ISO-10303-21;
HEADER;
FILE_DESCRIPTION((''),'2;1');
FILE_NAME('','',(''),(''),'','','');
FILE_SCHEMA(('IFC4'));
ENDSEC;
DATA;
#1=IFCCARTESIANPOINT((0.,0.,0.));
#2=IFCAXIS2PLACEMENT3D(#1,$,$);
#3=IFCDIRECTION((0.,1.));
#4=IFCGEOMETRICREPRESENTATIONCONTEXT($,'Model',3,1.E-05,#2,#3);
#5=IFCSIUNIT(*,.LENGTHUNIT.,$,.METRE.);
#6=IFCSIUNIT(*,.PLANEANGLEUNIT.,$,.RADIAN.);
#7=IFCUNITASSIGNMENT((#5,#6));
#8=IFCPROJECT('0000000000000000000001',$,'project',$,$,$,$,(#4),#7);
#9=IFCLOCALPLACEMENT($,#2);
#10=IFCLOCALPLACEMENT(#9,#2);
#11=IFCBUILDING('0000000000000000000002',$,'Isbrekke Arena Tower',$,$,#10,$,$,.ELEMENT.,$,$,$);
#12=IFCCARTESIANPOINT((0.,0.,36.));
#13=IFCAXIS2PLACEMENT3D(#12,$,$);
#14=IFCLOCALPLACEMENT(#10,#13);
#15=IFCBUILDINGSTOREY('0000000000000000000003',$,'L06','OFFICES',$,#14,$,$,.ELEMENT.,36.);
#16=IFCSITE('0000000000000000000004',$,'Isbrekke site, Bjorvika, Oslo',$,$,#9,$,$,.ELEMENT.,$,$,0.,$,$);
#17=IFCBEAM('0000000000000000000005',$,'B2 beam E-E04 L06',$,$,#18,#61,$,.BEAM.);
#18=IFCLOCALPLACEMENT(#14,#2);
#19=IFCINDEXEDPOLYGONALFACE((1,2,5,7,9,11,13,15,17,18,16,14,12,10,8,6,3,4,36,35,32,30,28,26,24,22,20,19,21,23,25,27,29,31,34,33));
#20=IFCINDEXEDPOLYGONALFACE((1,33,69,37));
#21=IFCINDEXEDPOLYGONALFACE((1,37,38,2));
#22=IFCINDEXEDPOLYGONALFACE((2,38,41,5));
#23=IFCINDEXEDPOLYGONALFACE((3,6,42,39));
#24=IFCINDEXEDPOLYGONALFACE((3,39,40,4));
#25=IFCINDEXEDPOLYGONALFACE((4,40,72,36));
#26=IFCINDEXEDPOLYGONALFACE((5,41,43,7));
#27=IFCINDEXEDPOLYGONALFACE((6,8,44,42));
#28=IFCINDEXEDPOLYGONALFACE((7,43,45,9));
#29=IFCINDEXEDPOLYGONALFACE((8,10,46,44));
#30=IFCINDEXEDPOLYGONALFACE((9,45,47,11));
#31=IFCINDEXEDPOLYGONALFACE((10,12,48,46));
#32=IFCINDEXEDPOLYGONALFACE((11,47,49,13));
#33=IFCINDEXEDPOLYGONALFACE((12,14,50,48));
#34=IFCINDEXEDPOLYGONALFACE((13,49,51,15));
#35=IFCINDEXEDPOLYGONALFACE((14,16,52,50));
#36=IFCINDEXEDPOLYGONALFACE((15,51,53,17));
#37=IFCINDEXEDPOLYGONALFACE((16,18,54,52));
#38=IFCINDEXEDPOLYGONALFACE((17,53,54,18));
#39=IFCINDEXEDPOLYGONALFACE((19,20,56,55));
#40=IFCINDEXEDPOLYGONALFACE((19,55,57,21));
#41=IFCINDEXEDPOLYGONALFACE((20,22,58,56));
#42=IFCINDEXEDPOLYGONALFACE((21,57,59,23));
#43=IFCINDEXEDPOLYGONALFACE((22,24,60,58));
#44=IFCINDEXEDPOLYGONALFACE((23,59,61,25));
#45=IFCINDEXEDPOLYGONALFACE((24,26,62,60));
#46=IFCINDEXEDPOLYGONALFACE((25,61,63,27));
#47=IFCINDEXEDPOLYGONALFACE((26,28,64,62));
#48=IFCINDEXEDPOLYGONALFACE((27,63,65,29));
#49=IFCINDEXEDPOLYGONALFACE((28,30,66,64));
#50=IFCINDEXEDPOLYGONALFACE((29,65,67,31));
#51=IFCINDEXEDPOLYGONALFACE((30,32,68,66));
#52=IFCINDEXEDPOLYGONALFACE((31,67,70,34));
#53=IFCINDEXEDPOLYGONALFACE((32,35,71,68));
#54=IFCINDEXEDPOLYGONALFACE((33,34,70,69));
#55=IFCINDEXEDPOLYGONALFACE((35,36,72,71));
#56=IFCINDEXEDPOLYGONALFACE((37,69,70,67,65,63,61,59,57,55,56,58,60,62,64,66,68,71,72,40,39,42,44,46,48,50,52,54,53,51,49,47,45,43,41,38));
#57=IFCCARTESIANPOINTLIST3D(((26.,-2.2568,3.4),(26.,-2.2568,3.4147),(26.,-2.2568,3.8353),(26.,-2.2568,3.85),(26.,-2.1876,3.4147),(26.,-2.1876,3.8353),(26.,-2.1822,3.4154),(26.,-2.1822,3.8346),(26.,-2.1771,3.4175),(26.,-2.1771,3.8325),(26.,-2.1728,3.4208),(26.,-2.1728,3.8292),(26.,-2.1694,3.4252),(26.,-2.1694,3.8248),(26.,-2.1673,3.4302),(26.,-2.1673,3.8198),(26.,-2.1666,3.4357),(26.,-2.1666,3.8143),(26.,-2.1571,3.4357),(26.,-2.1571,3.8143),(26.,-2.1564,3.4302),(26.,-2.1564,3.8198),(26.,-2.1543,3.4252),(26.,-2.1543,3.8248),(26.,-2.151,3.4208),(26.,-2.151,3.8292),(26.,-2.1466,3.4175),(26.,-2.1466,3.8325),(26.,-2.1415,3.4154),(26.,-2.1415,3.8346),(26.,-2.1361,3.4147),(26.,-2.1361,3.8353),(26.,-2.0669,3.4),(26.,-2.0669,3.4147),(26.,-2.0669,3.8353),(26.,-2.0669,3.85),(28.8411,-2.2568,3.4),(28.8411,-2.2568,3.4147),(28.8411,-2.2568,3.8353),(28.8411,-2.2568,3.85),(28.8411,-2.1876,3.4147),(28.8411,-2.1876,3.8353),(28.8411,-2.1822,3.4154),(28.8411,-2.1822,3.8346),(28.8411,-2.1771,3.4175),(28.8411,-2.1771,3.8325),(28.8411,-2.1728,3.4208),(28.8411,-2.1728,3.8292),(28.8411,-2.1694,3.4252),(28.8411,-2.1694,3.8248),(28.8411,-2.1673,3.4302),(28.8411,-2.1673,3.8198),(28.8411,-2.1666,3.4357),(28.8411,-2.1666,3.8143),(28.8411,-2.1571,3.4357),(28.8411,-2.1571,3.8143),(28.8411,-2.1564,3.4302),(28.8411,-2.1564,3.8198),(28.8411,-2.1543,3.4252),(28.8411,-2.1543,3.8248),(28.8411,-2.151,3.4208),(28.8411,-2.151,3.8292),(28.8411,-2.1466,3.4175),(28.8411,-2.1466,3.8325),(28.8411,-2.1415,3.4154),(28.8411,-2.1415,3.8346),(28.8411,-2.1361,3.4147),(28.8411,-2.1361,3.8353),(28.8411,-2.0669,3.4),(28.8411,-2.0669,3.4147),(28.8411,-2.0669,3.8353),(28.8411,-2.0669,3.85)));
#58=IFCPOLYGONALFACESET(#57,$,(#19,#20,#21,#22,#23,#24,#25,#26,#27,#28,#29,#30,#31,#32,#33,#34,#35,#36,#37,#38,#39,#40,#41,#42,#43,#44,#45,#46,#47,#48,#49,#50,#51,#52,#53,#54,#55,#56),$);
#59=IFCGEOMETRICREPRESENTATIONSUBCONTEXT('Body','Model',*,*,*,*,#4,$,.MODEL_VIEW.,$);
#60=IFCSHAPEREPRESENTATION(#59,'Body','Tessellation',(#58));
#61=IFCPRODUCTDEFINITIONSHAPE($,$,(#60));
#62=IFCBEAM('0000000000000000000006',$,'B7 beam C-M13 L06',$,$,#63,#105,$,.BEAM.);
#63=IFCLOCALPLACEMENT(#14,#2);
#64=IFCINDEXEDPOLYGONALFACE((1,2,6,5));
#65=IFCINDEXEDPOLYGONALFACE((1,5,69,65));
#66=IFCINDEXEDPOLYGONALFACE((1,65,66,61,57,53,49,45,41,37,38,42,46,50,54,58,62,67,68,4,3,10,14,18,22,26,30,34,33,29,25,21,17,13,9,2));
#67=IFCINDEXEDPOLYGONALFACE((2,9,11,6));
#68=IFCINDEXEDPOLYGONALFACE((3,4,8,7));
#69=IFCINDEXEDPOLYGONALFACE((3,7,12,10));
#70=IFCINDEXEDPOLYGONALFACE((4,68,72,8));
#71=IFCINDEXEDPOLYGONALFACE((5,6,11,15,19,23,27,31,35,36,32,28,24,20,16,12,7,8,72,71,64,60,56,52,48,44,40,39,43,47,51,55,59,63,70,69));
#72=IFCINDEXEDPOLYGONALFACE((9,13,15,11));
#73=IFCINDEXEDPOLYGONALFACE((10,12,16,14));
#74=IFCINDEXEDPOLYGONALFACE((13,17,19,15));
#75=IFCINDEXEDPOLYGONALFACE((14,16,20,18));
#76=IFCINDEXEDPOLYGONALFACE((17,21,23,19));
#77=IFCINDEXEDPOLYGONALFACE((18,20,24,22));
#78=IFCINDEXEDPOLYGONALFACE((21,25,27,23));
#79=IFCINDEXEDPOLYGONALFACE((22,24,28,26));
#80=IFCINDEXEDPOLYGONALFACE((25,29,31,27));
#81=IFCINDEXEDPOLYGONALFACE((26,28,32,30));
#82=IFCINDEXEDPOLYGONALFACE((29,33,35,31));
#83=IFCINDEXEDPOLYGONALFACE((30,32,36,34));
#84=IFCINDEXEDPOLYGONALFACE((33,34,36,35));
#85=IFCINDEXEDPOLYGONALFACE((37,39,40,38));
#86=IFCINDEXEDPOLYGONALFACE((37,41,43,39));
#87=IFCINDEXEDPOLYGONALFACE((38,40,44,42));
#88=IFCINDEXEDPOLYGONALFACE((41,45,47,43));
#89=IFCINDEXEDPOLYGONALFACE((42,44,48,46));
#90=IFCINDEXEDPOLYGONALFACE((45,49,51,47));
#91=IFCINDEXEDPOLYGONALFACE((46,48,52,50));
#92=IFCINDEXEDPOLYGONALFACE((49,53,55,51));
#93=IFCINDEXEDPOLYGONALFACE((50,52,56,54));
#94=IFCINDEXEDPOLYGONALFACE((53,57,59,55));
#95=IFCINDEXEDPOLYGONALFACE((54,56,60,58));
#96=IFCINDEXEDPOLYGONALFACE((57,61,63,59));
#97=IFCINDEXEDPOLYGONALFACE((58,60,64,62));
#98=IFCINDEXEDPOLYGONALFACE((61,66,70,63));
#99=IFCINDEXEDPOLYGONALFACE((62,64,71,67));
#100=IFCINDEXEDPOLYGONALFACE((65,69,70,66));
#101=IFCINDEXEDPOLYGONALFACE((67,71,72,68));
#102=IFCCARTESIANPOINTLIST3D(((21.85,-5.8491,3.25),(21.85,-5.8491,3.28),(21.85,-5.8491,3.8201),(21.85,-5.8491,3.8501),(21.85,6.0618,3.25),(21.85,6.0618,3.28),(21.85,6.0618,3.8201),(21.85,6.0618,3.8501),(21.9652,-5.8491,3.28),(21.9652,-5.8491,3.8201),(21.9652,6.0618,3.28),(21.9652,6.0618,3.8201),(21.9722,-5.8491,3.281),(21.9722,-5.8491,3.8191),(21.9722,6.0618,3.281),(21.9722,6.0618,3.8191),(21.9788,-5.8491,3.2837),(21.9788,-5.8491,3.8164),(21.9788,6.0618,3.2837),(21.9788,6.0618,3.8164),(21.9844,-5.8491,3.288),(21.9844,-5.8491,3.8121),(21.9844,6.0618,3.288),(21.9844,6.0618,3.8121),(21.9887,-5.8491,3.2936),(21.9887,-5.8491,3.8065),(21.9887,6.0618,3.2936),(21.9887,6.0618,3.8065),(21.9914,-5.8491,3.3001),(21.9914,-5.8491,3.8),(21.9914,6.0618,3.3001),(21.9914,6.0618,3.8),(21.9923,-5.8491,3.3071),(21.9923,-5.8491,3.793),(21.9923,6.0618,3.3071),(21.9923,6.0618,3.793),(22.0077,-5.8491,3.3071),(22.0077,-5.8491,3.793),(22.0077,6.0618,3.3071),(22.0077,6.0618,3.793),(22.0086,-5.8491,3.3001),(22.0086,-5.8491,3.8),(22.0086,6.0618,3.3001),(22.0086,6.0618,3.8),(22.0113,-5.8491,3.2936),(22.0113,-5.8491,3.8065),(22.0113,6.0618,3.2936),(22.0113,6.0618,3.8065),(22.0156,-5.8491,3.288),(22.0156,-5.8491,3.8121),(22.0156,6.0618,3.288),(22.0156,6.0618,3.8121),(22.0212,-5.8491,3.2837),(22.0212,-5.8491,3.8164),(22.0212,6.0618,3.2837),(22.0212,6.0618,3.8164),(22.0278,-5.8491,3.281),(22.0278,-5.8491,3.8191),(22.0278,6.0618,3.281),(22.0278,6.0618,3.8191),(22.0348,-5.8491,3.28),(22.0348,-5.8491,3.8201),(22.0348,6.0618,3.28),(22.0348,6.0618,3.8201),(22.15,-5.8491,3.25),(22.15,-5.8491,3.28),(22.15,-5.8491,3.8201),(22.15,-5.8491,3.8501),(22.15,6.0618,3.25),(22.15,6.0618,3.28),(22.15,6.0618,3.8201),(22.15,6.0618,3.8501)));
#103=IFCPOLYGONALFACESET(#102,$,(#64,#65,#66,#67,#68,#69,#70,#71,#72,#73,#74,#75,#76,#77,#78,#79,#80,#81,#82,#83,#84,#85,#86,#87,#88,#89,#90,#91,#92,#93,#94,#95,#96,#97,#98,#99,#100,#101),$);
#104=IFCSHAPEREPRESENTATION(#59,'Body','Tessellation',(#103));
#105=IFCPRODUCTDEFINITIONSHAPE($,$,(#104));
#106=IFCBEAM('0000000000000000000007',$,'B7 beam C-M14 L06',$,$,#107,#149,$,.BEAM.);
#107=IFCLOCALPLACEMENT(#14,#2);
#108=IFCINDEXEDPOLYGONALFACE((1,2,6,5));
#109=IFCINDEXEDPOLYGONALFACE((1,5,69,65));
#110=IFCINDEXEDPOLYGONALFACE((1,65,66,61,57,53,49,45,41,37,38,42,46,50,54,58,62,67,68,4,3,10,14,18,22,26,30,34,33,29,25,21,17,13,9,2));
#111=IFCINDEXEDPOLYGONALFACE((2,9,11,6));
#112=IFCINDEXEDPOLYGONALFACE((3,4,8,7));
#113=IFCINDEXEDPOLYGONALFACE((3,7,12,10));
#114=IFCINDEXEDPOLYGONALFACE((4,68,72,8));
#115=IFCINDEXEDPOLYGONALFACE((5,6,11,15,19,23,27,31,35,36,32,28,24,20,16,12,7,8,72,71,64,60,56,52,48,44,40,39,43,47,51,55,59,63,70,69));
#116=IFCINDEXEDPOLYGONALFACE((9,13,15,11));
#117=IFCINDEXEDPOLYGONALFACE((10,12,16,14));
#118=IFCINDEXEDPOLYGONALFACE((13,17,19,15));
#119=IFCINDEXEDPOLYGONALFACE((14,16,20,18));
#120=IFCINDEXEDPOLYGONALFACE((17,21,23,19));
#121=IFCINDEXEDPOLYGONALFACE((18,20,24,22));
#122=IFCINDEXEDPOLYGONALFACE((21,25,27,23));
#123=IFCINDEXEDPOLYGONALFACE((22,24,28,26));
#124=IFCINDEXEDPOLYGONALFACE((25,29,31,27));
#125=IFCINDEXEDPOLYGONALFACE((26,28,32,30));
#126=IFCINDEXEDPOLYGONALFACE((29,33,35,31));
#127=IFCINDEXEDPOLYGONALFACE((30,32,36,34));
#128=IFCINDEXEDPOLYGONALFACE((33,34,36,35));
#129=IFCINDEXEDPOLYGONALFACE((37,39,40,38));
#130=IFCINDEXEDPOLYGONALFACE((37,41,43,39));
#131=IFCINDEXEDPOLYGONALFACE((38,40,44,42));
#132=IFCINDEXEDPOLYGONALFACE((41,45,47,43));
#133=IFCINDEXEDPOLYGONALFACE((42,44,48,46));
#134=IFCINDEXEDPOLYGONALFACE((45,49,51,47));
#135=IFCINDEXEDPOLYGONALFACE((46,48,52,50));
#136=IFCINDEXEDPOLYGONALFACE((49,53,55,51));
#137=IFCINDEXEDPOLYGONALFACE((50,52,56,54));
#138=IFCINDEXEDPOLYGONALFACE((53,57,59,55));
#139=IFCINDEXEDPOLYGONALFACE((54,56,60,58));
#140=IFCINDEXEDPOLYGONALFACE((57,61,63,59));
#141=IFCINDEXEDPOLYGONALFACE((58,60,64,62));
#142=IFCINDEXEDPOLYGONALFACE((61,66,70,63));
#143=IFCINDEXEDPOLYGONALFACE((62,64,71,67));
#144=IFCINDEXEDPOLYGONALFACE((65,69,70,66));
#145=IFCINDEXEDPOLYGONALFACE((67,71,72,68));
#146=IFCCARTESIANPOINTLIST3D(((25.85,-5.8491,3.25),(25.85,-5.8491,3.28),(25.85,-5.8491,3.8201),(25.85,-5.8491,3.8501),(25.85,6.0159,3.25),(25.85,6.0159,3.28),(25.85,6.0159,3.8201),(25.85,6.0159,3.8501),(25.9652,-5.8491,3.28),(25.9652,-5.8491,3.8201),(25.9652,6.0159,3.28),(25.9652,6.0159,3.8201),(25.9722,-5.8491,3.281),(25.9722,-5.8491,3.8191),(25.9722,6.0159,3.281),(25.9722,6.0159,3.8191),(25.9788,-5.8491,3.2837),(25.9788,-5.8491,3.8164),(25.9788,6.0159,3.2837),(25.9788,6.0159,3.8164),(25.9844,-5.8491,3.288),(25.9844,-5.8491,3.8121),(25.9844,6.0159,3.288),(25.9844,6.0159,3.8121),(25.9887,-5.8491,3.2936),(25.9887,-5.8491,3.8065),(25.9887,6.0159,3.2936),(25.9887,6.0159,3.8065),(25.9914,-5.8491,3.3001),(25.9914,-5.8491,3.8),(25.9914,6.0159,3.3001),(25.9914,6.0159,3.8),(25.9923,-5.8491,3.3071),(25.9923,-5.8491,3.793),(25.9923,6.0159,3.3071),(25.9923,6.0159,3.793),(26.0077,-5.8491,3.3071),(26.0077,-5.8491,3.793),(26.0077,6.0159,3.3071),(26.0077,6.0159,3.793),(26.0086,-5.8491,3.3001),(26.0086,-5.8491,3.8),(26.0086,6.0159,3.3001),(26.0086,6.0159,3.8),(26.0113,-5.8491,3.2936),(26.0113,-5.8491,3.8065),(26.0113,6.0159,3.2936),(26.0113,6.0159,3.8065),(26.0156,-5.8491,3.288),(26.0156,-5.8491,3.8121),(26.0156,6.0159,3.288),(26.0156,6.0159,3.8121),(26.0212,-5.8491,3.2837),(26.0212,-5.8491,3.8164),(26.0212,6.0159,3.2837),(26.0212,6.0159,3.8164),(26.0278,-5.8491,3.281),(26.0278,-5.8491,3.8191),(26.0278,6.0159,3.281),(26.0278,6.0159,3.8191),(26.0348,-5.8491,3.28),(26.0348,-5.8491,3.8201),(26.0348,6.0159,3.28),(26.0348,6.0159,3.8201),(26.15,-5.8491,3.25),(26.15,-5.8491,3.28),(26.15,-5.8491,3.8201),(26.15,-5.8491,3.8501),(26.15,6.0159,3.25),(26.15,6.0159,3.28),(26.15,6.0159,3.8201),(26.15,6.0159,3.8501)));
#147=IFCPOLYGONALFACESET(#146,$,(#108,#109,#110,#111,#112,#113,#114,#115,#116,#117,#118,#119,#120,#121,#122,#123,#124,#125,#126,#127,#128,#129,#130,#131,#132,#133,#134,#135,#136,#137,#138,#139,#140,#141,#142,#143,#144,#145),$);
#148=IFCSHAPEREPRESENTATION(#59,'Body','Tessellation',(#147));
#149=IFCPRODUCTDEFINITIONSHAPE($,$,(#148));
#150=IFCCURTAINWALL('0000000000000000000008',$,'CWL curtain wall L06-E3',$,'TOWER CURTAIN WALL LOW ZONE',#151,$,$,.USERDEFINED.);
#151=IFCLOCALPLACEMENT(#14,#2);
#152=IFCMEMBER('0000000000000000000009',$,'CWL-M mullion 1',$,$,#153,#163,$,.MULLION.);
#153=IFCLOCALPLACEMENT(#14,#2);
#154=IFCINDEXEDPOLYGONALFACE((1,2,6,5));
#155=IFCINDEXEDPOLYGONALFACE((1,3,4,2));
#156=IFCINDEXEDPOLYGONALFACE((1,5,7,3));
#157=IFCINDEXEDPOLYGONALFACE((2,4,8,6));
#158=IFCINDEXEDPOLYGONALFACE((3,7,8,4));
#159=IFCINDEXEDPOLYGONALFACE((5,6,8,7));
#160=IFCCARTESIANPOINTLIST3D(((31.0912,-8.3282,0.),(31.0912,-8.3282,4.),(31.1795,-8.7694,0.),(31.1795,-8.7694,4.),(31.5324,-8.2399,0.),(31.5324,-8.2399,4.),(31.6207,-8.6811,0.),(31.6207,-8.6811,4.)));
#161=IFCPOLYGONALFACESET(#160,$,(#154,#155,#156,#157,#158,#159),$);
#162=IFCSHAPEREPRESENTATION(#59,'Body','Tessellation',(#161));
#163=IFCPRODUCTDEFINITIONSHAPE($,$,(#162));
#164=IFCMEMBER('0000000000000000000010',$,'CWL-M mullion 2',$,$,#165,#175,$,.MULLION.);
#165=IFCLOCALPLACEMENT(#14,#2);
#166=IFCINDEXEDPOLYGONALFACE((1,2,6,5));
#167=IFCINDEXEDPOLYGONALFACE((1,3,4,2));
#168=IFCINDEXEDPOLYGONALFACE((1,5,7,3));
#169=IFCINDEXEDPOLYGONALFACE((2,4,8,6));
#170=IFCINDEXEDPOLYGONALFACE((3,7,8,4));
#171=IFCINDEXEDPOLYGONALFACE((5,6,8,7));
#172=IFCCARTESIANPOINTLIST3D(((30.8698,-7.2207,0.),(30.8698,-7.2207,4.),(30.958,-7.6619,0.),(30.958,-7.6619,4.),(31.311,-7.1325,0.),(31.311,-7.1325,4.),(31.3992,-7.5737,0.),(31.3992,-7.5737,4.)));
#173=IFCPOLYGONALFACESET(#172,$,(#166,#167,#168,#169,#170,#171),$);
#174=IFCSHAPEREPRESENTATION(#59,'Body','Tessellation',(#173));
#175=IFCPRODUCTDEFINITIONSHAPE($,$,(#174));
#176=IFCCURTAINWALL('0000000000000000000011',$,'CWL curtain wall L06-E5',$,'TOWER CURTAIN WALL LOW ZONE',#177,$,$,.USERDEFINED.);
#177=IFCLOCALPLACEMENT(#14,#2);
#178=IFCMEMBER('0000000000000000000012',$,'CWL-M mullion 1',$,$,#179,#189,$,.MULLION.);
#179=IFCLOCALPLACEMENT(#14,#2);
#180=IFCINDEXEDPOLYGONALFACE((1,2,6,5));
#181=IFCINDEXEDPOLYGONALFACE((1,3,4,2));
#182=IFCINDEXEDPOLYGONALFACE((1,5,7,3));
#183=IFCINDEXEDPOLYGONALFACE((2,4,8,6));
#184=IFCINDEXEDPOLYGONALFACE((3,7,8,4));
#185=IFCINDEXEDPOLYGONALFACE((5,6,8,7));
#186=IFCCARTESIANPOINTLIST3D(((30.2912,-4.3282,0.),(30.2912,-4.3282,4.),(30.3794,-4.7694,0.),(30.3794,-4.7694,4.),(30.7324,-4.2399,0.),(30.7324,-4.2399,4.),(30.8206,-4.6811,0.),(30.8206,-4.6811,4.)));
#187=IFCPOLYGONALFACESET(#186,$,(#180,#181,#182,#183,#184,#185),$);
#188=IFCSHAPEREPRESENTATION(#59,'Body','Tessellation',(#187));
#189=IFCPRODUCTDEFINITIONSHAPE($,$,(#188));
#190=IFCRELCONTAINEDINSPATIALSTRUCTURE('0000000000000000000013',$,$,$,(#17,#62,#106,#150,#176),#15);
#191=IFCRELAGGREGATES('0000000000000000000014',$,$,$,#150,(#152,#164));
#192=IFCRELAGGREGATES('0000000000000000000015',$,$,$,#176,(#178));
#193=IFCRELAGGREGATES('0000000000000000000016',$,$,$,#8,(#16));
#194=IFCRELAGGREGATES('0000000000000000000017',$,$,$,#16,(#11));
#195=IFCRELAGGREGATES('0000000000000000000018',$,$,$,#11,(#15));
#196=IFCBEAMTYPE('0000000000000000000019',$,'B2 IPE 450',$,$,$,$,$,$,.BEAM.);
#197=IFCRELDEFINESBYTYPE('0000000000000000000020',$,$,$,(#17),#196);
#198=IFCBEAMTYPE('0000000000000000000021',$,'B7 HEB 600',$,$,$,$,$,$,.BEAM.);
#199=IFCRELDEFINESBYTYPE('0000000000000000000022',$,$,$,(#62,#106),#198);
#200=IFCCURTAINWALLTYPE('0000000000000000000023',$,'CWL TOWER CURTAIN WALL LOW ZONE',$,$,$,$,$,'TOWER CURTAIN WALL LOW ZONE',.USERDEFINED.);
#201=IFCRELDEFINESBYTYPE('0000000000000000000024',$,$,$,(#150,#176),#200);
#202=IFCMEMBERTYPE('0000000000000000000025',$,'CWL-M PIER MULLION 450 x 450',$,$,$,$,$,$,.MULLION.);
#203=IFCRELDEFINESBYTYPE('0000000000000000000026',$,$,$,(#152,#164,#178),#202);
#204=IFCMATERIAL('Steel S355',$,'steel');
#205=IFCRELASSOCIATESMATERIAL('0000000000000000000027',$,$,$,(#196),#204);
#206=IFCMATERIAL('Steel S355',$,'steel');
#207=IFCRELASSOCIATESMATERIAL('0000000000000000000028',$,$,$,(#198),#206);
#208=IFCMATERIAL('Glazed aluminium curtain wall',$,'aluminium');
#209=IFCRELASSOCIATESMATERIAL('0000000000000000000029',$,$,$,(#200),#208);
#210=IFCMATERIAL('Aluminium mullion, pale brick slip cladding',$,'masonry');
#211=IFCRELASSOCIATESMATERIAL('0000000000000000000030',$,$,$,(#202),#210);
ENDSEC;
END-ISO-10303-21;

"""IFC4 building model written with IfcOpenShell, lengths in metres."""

from ifc_helpers import new_model, si_unit, direction, frame, origin, origin_2d, place, context, subcontext, project, spatial, rectangle, i_section, extrude, material, material_profile, profile_set, type_object, element, aggregate, save


model = new_model("IFC4")

# Units and contexts
model_context = context("Model", 3, precision=1e-05, world=origin(), true_north=direction((0.0, 1.0)))
body_context = subcontext(model_context, "Body", "Model", "MODEL_VIEW")
ifc_project = project(units=[si_unit("LENGTHUNIT", "METRE"), si_unit("PLANEANGLEUNIT", "RADIAN")], contexts=[model_context])

# Site, building, storey
site_placement = place(None, origin())
site = spatial("IfcSite", under=ifc_project, at=site_placement, Name="Isbrekke site, Bjorvika, Oslo", CompositionType="ELEMENT", RefElevation=0.0)
building_placement = place(site_placement, origin())
building = spatial("IfcBuilding", under=site, at=building_placement, Name="Isbrekke Arena Tower", CompositionType="ELEMENT")
storey_placement = place(building_placement, frame((0.0, 0.0, 36.0)))
storey = spatial("IfcBuildingStorey", under=building, at=storey_placement, Name="L06", Description="OFFICES", CompositionType="ELEMENT", Elevation=36.0)

# Beams
ifc_material_1 = material(Name="Steel S355", Category="steel")
ifc_material_profile_1 = material_profile(ifc_material_1, i_section(OverallWidth=0.1899, OverallDepth=0.45, WebThickness=0.0095, FlangeThickness=0.0146, FilletRadius=0.021, at=origin_2d()), Name="IPE 450")
ifc_profile_set_1 = profile_set([ifc_material_profile_1], Name="Steel S355")
beam_type_1 = type_object("IfcBeamType", Name="B2 IPE 450", PredefinedType="BEAM", material=ifc_profile_set_1)
beam_1_placement = place(storey_placement, frame((28.8411, -2.1619, 3.625), z_axis=(-1.0, 0.0, 0.0), x_axis=(0.0, -1.0, 0.0)))
element("IfcBeam", 1, at=beam_1_placement, inside=storey, type_object=beam_type_1, Name="B2 beam E-E04 L06", PredefinedType="BEAM", context=body_context, shape_type="SweptSolid", body=[
    extrude(i_section(OverallWidth=0.1899, OverallDepth=0.45, WebThickness=0.0095, FlangeThickness=0.0146, FilletRadius=0.021, at=origin_2d()), origin(), (0.0, 0.0, 1.0), 2.8411),
])
ifc_material_2 = material(Name="Steel S355", Category="steel")
ifc_material_profile_2 = material_profile(ifc_material_2, i_section(OverallWidth=0.3, OverallDepth=0.6001, WebThickness=0.0154, FlangeThickness=0.03, FilletRadius=0.0271, at=origin_2d()), Name="HEB 600")
ifc_profile_set_2 = profile_set([ifc_material_profile_2], Name="Steel S355")
beam_type_2 = type_object("IfcBeamType", Name="B7 HEB 600", PredefinedType="BEAM", material=ifc_profile_set_2)
beam_2_placement = place(storey_placement, frame((22.0, -5.8491, 3.55), z_axis=(0.0, 1.0, 0.0), x_axis=(-1.0, 0.0, 0.0)))
element("IfcBeam", 2, at=beam_2_placement, inside=storey, type_object=beam_type_2, Name="B7 beam C-M13 L06", PredefinedType="BEAM", context=body_context, shape_type="SweptSolid", body=[
    extrude(i_section(OverallWidth=0.3, OverallDepth=0.6001, WebThickness=0.0154, FlangeThickness=0.03, FilletRadius=0.0271, at=origin_2d()), origin(), (0.0, 0.0, 1.0), 11.9109),
])
beam_3_placement = place(storey_placement, frame((26.0, -5.8491, 3.55), z_axis=(0.0, 1.0, 0.0), x_axis=(-1.0, 0.0, 0.0)))
element("IfcBeam", 3, at=beam_3_placement, inside=storey, type_object=beam_type_2, Name="B7 beam C-M14 L06", PredefinedType="BEAM", context=body_context, shape_type="SweptSolid", body=[
    extrude(i_section(OverallWidth=0.3, OverallDepth=0.6001, WebThickness=0.0154, FlangeThickness=0.03, FilletRadius=0.0271, at=origin_2d()), origin(), (0.0, 0.0, 1.0), 11.865),
])

# Curtain walls, members
ifc_material_3 = material(Name="Glazed aluminium curtain wall", Category="aluminium")
curtain_wall_type = type_object("IfcCurtainWallType", Name="CWL TOWER CURTAIN WALL LOW ZONE", ElementType="TOWER CURTAIN WALL LOW ZONE", PredefinedType="USERDEFINED", material=ifc_material_3)
curtain_wall_1_placement = place(storey_placement, origin())
curtain_wall_1 = element("IfcCurtainWall", 4, at=curtain_wall_1_placement, inside=storey, type_object=curtain_wall_type, Name="CWL curtain wall L06-E3", ObjectType="TOWER CURTAIN WALL LOW ZONE", PredefinedType="USERDEFINED")
ifc_material_4 = material(Name="Aluminium mullion, pale brick slip cladding", Category="masonry")
ifc_material_profile_3 = material_profile(ifc_material_4, rectangle(XDim=0.45, YDim=0.45, at=origin_2d()), Name="PIER 450X450")
ifc_profile_set_3 = profile_set([ifc_material_profile_3], Name="Aluminium mullion, pale brick slip cladding")
member_type_1 = type_object("IfcMemberType", Name="CWL-M PIER MULLION 450 x 450", PredefinedType="MULLION", material=ifc_profile_set_3)
member_1_placement = place(storey_placement, frame((31.356, -8.5046, 0.0), z_axis=(0.0, 0.0, 1.0), x_axis=(-0.196116, 0.980581, 0.0)))
member_1 = element("IfcMember", 5, at=member_1_placement, type_object=member_type_1, Name="CWL-M mullion 1", PredefinedType="MULLION", context=body_context, shape_type="SweptSolid", body=[
    extrude(rectangle(XDim=0.45, YDim=0.45, at=origin_2d()), origin(), (0.0, 0.0, 1.0), 4.0),
])
member_2_placement = place(storey_placement, frame((31.1345, -7.3972, 0.0), z_axis=(0.0, 0.0, 1.0), x_axis=(-0.196116, 0.980581, 0.0)))
member_2 = element("IfcMember", 6, at=member_2_placement, type_object=member_type_1, Name="CWL-M mullion 2", PredefinedType="MULLION", context=body_context, shape_type="SweptSolid", body=[
    extrude(rectangle(XDim=0.45, YDim=0.45, at=origin_2d()), origin(), (0.0, 0.0, 1.0), 4.0),
])
curtain_wall_2_placement = place(storey_placement, origin())
curtain_wall_2 = element("IfcCurtainWall", 7, at=curtain_wall_2_placement, inside=storey, type_object=curtain_wall_type, Name="CWL curtain wall L06-E5", ObjectType="TOWER CURTAIN WALL LOW ZONE", PredefinedType="USERDEFINED")
member_3_placement = place(storey_placement, frame((30.5559, -4.5046, 0.0), z_axis=(0.0, 0.0, 1.0), x_axis=(-0.196116, 0.980581, 0.0)))
member_3 = element("IfcMember", 8, at=member_3_placement, type_object=member_type_1, Name="CWL-M mullion 1", PredefinedType="MULLION", context=body_context, shape_type="SweptSolid", body=[
    extrude(rectangle(XDim=0.45, YDim=0.45, at=origin_2d()), origin(), (0.0, 0.0, 1.0), 4.0),
])

aggregate(curtain_wall_1, [member_1, member_2])
aggregate(curtain_wall_2, [member_3])

save(model, "model.ifc")
